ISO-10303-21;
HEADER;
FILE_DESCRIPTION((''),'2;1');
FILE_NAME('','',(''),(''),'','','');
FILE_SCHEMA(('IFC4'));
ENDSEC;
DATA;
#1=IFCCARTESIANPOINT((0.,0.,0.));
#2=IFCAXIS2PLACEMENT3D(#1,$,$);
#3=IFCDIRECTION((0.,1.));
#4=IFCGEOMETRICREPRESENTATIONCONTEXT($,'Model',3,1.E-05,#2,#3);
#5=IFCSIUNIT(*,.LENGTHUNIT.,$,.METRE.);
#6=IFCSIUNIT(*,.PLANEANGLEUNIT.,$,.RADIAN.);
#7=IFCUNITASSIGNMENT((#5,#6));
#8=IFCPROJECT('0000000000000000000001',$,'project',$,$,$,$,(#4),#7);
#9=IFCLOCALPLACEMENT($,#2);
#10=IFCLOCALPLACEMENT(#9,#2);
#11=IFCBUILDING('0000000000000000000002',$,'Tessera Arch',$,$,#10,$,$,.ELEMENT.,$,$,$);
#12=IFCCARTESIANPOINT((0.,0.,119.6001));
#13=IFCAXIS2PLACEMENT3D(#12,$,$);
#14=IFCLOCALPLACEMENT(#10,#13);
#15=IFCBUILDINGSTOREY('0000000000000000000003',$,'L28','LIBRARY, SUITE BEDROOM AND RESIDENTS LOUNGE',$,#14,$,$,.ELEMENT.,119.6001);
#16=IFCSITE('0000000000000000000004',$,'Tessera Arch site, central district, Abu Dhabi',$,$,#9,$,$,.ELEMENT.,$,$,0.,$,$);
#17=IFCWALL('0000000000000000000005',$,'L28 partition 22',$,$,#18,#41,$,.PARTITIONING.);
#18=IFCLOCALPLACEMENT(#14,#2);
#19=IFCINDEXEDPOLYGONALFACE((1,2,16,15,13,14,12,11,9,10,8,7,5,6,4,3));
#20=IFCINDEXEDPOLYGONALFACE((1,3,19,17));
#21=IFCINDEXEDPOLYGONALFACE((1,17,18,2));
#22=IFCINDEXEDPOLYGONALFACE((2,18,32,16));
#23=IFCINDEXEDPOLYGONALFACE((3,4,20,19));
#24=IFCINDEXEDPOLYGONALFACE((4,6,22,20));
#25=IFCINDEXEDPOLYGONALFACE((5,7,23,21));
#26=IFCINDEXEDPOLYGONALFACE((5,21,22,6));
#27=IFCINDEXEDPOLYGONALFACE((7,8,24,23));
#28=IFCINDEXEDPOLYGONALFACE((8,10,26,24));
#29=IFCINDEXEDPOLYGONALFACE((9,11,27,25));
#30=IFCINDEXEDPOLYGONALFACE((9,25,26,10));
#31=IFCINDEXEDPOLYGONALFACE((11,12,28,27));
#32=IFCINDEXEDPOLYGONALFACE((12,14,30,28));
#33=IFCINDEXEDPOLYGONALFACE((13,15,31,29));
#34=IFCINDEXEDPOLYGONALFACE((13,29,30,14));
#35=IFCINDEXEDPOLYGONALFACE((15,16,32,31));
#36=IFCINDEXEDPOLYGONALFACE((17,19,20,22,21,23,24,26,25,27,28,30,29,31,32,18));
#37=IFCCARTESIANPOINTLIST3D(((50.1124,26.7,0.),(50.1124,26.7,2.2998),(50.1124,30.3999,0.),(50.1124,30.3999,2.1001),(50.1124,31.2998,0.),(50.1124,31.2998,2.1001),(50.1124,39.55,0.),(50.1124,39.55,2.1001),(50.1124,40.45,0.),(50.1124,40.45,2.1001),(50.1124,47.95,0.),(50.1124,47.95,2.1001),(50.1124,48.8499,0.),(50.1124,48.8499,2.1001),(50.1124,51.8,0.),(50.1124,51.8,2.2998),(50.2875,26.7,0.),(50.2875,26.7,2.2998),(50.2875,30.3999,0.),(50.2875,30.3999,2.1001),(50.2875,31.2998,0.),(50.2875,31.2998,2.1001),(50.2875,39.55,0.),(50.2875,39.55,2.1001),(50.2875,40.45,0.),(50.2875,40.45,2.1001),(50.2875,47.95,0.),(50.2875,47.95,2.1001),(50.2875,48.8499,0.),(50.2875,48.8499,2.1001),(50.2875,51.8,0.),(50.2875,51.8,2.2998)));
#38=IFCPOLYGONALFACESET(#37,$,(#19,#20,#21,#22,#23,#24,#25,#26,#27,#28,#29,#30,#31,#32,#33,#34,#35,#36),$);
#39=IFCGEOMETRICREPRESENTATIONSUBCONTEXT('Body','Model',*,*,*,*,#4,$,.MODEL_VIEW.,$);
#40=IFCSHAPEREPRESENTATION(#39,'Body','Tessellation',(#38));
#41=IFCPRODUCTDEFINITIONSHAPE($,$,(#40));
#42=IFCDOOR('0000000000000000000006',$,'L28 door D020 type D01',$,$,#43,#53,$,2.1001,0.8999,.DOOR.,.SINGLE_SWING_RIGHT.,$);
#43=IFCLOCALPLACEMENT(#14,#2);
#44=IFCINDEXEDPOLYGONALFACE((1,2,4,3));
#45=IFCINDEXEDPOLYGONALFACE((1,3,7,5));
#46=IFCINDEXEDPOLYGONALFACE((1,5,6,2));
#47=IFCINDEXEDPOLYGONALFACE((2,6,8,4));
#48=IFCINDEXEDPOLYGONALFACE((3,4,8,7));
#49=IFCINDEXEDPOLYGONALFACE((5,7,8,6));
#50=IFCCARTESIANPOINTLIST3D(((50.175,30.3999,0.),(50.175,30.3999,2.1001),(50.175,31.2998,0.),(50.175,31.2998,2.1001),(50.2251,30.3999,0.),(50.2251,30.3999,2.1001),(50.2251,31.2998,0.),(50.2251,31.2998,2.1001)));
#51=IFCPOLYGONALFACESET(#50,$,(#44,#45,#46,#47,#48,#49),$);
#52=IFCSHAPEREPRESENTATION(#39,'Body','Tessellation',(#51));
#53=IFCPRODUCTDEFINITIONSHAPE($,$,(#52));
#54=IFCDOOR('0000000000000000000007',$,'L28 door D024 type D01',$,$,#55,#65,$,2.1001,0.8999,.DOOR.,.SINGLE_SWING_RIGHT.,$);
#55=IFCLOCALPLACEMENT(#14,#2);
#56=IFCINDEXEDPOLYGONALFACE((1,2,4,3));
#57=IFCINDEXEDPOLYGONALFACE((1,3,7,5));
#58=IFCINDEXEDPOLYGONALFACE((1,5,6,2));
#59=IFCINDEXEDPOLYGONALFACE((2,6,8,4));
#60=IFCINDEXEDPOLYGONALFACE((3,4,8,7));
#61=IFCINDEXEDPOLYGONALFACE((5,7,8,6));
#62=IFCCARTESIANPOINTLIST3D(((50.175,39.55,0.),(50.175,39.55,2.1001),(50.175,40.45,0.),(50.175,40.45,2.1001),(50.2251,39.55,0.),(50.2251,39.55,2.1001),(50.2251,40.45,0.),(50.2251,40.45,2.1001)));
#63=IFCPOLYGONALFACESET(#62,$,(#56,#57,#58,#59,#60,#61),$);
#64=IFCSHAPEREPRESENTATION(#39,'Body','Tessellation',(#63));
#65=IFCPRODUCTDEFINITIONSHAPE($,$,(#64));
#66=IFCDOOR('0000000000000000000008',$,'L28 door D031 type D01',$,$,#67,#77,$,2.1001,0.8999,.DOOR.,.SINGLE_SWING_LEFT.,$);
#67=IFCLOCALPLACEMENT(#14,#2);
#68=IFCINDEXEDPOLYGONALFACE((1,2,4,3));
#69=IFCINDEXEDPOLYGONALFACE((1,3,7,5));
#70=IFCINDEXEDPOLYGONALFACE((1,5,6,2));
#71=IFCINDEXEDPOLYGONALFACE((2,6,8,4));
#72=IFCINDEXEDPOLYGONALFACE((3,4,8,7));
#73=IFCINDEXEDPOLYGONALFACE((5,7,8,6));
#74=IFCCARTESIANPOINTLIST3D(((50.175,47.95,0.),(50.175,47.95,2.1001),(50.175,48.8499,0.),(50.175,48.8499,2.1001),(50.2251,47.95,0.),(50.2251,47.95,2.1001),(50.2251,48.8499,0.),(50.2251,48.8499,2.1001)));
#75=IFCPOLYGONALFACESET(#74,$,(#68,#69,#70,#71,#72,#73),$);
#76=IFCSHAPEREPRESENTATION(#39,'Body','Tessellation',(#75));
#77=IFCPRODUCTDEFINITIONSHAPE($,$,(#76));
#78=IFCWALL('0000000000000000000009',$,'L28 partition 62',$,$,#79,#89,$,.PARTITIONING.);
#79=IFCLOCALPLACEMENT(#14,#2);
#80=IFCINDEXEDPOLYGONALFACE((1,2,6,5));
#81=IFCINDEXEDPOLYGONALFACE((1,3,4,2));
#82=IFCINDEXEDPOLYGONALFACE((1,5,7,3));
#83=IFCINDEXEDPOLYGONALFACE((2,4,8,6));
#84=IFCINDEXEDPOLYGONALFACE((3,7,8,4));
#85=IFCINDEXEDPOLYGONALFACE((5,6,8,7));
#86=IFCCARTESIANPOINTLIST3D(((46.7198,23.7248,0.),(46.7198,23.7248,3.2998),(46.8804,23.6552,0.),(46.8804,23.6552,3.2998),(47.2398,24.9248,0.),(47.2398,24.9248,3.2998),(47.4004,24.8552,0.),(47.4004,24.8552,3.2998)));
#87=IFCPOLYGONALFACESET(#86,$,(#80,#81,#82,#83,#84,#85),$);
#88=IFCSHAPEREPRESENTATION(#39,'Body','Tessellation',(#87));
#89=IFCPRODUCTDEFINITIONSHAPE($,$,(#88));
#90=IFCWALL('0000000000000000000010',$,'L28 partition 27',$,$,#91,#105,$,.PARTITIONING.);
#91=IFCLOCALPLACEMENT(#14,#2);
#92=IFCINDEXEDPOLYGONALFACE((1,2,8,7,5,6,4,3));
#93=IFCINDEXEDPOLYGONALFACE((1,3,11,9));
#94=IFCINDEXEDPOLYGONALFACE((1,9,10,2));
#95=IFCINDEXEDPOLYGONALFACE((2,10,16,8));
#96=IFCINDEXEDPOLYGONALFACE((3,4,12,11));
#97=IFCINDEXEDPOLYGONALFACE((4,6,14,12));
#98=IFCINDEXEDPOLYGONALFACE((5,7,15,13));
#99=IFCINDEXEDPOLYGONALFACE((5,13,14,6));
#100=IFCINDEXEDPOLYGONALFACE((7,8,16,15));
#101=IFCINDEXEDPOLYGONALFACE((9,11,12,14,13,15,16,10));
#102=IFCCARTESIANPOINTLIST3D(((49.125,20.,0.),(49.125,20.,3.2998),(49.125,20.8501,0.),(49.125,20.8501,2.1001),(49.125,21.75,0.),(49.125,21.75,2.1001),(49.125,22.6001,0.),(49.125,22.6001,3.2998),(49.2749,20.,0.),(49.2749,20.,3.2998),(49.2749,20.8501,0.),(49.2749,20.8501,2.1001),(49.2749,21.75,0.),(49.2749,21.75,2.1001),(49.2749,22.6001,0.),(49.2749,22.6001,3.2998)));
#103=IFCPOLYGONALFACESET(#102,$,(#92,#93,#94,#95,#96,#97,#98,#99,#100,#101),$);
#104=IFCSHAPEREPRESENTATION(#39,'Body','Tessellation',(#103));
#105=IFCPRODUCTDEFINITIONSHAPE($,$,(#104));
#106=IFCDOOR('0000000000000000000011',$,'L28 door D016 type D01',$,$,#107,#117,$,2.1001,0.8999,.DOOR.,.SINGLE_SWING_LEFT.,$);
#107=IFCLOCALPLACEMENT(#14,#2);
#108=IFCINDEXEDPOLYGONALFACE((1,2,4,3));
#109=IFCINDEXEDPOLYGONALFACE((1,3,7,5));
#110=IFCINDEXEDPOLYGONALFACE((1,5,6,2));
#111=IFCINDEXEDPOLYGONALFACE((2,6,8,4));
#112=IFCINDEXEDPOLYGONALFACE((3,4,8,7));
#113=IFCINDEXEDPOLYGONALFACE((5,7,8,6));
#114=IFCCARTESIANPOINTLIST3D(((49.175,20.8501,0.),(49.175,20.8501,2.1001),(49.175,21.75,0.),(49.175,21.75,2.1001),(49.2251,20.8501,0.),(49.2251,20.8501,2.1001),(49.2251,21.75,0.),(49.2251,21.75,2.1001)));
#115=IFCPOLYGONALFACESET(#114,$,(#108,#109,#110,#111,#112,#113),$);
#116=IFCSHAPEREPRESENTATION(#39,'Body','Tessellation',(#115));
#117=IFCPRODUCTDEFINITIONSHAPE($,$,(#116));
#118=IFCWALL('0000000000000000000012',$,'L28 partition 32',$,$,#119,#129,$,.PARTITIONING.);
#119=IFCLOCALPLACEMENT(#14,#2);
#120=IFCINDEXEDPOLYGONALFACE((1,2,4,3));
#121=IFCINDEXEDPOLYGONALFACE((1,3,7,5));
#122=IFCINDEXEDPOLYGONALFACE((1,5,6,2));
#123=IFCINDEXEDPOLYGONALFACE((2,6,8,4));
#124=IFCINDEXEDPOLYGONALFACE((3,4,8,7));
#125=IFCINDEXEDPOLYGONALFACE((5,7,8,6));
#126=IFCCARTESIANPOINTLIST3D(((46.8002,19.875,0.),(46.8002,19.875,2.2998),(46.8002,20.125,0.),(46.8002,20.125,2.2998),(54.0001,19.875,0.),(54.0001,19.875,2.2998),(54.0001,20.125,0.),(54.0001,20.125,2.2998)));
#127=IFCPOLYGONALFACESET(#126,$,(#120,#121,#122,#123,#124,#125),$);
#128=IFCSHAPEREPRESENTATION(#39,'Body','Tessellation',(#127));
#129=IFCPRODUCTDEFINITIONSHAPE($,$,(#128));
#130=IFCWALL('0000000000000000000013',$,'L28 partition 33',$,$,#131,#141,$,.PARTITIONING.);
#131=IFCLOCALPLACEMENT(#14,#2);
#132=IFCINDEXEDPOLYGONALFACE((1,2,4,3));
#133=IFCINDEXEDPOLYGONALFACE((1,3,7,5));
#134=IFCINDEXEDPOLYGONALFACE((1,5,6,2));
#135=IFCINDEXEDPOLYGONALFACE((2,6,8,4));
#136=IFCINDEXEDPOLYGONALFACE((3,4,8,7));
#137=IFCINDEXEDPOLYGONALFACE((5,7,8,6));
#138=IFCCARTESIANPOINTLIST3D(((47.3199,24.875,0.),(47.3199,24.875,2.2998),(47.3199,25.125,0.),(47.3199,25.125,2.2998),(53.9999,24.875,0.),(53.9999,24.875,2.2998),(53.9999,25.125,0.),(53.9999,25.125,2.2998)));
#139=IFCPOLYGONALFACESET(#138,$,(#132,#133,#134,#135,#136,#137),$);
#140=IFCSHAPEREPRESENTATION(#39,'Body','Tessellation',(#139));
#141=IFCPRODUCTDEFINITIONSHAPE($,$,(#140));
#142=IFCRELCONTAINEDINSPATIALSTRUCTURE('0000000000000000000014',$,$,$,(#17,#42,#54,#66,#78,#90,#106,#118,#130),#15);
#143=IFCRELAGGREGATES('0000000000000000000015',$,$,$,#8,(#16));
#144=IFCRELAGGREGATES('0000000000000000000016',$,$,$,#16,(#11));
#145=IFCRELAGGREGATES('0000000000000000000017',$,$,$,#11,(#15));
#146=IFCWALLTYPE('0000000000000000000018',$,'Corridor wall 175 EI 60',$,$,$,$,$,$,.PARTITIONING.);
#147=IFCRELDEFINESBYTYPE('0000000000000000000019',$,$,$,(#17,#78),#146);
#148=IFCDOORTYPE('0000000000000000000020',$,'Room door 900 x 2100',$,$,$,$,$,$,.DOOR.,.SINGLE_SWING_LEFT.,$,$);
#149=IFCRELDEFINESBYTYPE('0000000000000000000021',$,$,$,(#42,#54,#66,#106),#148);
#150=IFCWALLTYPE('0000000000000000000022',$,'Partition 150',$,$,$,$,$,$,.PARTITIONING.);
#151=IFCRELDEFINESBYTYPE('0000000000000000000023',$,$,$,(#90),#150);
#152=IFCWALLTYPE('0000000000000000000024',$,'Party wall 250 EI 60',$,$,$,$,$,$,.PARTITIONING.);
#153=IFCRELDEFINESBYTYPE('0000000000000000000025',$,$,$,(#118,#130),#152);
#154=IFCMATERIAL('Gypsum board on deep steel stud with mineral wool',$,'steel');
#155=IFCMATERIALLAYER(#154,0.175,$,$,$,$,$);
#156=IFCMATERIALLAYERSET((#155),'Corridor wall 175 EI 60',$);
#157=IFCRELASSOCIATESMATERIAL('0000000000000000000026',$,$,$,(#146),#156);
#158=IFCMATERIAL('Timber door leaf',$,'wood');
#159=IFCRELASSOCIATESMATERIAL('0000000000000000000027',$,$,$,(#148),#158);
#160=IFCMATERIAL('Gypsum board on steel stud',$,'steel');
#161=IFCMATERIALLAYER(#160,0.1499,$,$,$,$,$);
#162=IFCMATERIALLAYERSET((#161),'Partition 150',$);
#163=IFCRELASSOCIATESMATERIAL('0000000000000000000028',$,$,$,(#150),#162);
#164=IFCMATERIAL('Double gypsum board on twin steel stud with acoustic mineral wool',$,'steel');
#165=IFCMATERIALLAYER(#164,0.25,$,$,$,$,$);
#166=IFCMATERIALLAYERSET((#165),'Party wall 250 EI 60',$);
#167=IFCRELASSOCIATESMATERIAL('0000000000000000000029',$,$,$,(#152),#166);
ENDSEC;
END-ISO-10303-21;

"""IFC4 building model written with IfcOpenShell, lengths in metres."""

from ifc_helpers import new_model, si_unit, direction, frame, frame_2d, origin, place, context, subcontext, project, spatial, rectangle, extrude, material, layer, layer_set, type_object, element, fill, save


model = new_model("IFC4")

# Units and contexts
model_context = context("Model", 3, precision=1e-05, world=origin(), true_north=direction((0.0, 1.0)))
body_context = subcontext(model_context, "Body", "Model", "MODEL_VIEW")
ifc_project = project(units=[si_unit("LENGTHUNIT", "METRE"), si_unit("PLANEANGLEUNIT", "RADIAN")], contexts=[model_context])

# Site, building, storey
site_placement = place(None, origin())
site = spatial("IfcSite", under=ifc_project, at=site_placement, Name="Tessera Arch site, central district, Abu Dhabi", CompositionType="ELEMENT", RefElevation=0.0)
building_placement = place(site_placement, origin())
building = spatial("IfcBuilding", under=site, at=building_placement, Name="Tessera Arch", CompositionType="ELEMENT")
storey_placement = place(building_placement, frame((0.0, 0.0, 119.6001)))
storey = spatial("IfcBuildingStorey", under=building, at=storey_placement, Name="L28", Description="LIBRARY, SUITE BEDROOM AND RESIDENTS LOUNGE", CompositionType="ELEMENT", Elevation=119.6001)

# Shared definitions
ifc_material_1 = material(Name="Gypsum board on deep steel stud with mineral wool", Category="steel")
ifc_layer_1 = layer(ifc_material_1, 0.175)
ifc_layer_set_1 = layer_set([ifc_layer_1], Name="Corridor wall 175 EI 60")
wall_type_1 = type_object("IfcWallType", Name="Corridor wall 175 EI 60", PredefinedType="PARTITIONING", material=ifc_layer_set_1)

# Wall, openings, doors
wall_1_placement = place(storey_placement, frame((50.2, 26.7, 0.0), z_axis=(0.0, 0.0, 1.0), x_axis=(0.0, 1.0, 0.0)))
wall_1 = element("IfcWall", 1, at=wall_1_placement, inside=storey, type_object=wall_type_1, Name="L28 partition 22", PredefinedType="PARTITIONING", context=body_context, shape_type="SweptSolid", body=[
    extrude(rectangle(XDim=25.1001, YDim=0.175, at=frame_2d((12.55, 0.0))), origin(), (0.0, 0.0, 1.0), 2.2998),
])
opening_1_placement = place(wall_1_placement, frame((3.7, 0.0, 0.0)))
opening_1 = element("IfcOpeningElement", 2, at=opening_1_placement, cuts=wall_1, PredefinedType="OPENING", context=body_context, shape_type="SweptSolid", body=[
    extrude(rectangle(XDim=0.8999, YDim=2.1001, at=frame_2d((0.45, 1.05))), frame((0.0, 0.0974, 0.0), z_axis=(0.0, -1.0, 0.0), x_axis=(1.0, 0.0, 0.0)), (0.0, 0.0, 1.0), 0.1951),
])
opening_2_placement = place(wall_1_placement, frame((12.8501, 0.0, 0.0)))
opening_2 = element("IfcOpeningElement", 3, at=opening_2_placement, cuts=wall_1, PredefinedType="OPENING", context=body_context, shape_type="SweptSolid", body=[
    extrude(rectangle(XDim=0.8999, YDim=2.1001, at=frame_2d((0.45, 1.05))), frame((0.0, 0.0974, 0.0), z_axis=(0.0, -1.0, 0.0), x_axis=(1.0, 0.0, 0.0)), (0.0, 0.0, 1.0), 0.1951),
])
opening_3_placement = place(wall_1_placement, frame((21.25, 0.0, 0.0)))
opening_3 = element("IfcOpeningElement", 4, at=opening_3_placement, cuts=wall_1, PredefinedType="OPENING", context=body_context, shape_type="SweptSolid", body=[
    extrude(rectangle(XDim=0.8999, YDim=2.1001, at=frame_2d((0.45, 1.05))), frame((0.0, 0.0974, 0.0), z_axis=(0.0, -1.0, 0.0), x_axis=(1.0, 0.0, 0.0)), (0.0, 0.0, 1.0), 0.1951),
])
ifc_material_2 = material(Name="Timber door leaf", Category="wood")
door_type_1 = type_object("IfcDoorType", Name="Room door 900 x 2100", OperationType="SINGLE_SWING_LEFT", PredefinedType="DOOR", material=ifc_material_2)
door_1_placement = place(opening_1_placement, origin())
door_1 = element("IfcDoor", 5, at=door_1_placement, inside=storey, type_object=door_type_1, Name="L28 door D020 type D01", OperationType="SINGLE_SWING_RIGHT", OverallHeight=2.1001, OverallWidth=0.8999, PredefinedType="DOOR", context=body_context, shape_type="SweptSolid", body=[
    extrude(rectangle(XDim=0.8999, YDim=2.1001, at=frame_2d((0.45, 1.05))), frame((0.0, 0.0249, 0.0), z_axis=(0.0, -1.0, 0.0), x_axis=(1.0, 0.0, 0.0)), (0.0, 0.0, 1.0), 0.05),
])
fill(opening_1, door_1)
door_2_placement = place(opening_2_placement, origin())
door_2 = element("IfcDoor", 6, at=door_2_placement, inside=storey, type_object=door_type_1, Name="L28 door D024 type D01", OperationType="SINGLE_SWING_RIGHT", OverallHeight=2.1001, OverallWidth=0.8999, PredefinedType="DOOR", context=body_context, shape_type="SweptSolid", body=[
    extrude(rectangle(XDim=0.8999, YDim=2.1001, at=frame_2d((0.45, 1.05))), frame((0.0, 0.0249, 0.0), z_axis=(0.0, -1.0, 0.0), x_axis=(1.0, 0.0, 0.0)), (0.0, 0.0, 1.0), 0.05),
])
fill(opening_2, door_2)
door_3_placement = place(opening_3_placement, origin())
door_3 = element("IfcDoor", 7, at=door_3_placement, inside=storey, type_object=door_type_1, Name="L28 door D031 type D01", OperationType="SINGLE_SWING_LEFT", OverallHeight=2.1001, OverallWidth=0.8999, PredefinedType="DOOR", context=body_context, shape_type="SweptSolid", body=[
    extrude(rectangle(XDim=0.8999, YDim=2.1001, at=frame_2d((0.45, 1.05))), frame((0.0, 0.0249, 0.0), z_axis=(0.0, -1.0, 0.0), x_axis=(1.0, 0.0, 0.0)), (0.0, 0.0, 1.0), 0.05),
])
fill(opening_3, door_3)

# Wall
wall_2_placement = place(storey_placement, frame((47.3201, 24.8899, 0.0), z_axis=(0.0, 0.0, 1.0), x_axis=(-0.397634, -0.917544, 0.0)))
element("IfcWall", 8, at=wall_2_placement, inside=storey, type_object=wall_type_1, Name="L28 partition 62", PredefinedType="PARTITIONING", context=body_context, shape_type="SweptSolid", body=[
    extrude(rectangle(XDim=1.3079, YDim=0.175, at=frame_2d((0.6538, 0.0))), origin(), (0.0, 0.0, 1.0), 3.2998),
])

# Wall, opening, door
ifc_material_3 = material(Name="Gypsum board on steel stud", Category="steel")
ifc_layer_2 = layer(ifc_material_3, 0.1499)
ifc_layer_set_2 = layer_set([ifc_layer_2], Name="Partition 150")
wall_type_2 = type_object("IfcWallType", Name="Partition 150", PredefinedType="PARTITIONING", material=ifc_layer_set_2)
wall_3_placement = place(storey_placement, frame((49.2, 20.0, 0.0), z_axis=(0.0, 0.0, 1.0), x_axis=(0.0, 1.0, 0.0)))
wall_3 = element("IfcWall", 9, at=wall_3_placement, inside=storey, type_object=wall_type_2, Name="L28 partition 27", PredefinedType="PARTITIONING", context=body_context, shape_type="SweptSolid", body=[
    extrude(rectangle(XDim=2.6001, YDim=0.1499, at=frame_2d((1.3, 0.0))), origin(), (0.0, 0.0, 1.0), 3.2998),
])
opening_4_placement = place(wall_3_placement, frame((0.8501, 0.0, 0.0)))
opening_4 = element("IfcOpeningElement", 10, at=opening_4_placement, cuts=wall_3, PredefinedType="OPENING", context=body_context, shape_type="SweptSolid", body=[
    extrude(rectangle(XDim=0.8999, YDim=2.1001, at=frame_2d((0.45, 1.05))), frame((0.0, 0.085, 0.0), z_axis=(0.0, -1.0, 0.0), x_axis=(1.0, 0.0, 0.0)), (0.0, 0.0, 1.0), 0.1699),
])
door_4_placement = place(opening_4_placement, origin())
door_4 = element("IfcDoor", 11, at=door_4_placement, inside=storey, type_object=door_type_1, Name="L28 door D016 type D01", OperationType="SINGLE_SWING_LEFT", OverallHeight=2.1001, OverallWidth=0.8999, PredefinedType="DOOR", context=body_context, shape_type="SweptSolid", body=[
    extrude(rectangle(XDim=0.8999, YDim=2.1001, at=frame_2d((0.45, 1.05))), frame((0.0, 0.0249, 0.0), z_axis=(0.0, -1.0, 0.0), x_axis=(1.0, 0.0, 0.0)), (0.0, 0.0, 1.0), 0.05),
])
fill(opening_4, door_4)

# Walls
ifc_material_4 = material(Name="Double gypsum board on twin steel stud with acoustic mineral wool", Category="steel")
ifc_layer_3 = layer(ifc_material_4, 0.25)
ifc_layer_set_3 = layer_set([ifc_layer_3], Name="Party wall 250 EI 60")
wall_type_3 = type_object("IfcWallType", Name="Party wall 250 EI 60", PredefinedType="PARTITIONING", material=ifc_layer_set_3)
wall_4_placement = place(storey_placement, frame((46.8, 20.0, 0.0), z_axis=(0.0, 0.0, 1.0), x_axis=(1.0, 0.0, 0.0)))
element("IfcWall", 12, at=wall_4_placement, inside=storey, type_object=wall_type_3, Name="L28 partition 32", PredefinedType="PARTITIONING", context=body_context, shape_type="SweptSolid", body=[
    extrude(rectangle(XDim=7.2, YDim=0.25, at=frame_2d((3.6001, 0.0))), origin(), (0.0, 0.0, 1.0), 2.2998),
])
wall_5_placement = place(storey_placement, frame((47.3201, 25.0, 0.0), z_axis=(0.0, 0.0, 1.0), x_axis=(1.0, 0.0, 0.0)))
element("IfcWall", 13, at=wall_5_placement, inside=storey, type_object=wall_type_3, Name="L28 partition 33", PredefinedType="PARTITIONING", context=body_context, shape_type="SweptSolid", body=[
    extrude(rectangle(XDim=6.6799, YDim=0.25, at=frame_2d((3.3398, 0.0))), origin(), (0.0, 0.0, 1.0), 2.2998),
])

save(model, "model.ifc")
